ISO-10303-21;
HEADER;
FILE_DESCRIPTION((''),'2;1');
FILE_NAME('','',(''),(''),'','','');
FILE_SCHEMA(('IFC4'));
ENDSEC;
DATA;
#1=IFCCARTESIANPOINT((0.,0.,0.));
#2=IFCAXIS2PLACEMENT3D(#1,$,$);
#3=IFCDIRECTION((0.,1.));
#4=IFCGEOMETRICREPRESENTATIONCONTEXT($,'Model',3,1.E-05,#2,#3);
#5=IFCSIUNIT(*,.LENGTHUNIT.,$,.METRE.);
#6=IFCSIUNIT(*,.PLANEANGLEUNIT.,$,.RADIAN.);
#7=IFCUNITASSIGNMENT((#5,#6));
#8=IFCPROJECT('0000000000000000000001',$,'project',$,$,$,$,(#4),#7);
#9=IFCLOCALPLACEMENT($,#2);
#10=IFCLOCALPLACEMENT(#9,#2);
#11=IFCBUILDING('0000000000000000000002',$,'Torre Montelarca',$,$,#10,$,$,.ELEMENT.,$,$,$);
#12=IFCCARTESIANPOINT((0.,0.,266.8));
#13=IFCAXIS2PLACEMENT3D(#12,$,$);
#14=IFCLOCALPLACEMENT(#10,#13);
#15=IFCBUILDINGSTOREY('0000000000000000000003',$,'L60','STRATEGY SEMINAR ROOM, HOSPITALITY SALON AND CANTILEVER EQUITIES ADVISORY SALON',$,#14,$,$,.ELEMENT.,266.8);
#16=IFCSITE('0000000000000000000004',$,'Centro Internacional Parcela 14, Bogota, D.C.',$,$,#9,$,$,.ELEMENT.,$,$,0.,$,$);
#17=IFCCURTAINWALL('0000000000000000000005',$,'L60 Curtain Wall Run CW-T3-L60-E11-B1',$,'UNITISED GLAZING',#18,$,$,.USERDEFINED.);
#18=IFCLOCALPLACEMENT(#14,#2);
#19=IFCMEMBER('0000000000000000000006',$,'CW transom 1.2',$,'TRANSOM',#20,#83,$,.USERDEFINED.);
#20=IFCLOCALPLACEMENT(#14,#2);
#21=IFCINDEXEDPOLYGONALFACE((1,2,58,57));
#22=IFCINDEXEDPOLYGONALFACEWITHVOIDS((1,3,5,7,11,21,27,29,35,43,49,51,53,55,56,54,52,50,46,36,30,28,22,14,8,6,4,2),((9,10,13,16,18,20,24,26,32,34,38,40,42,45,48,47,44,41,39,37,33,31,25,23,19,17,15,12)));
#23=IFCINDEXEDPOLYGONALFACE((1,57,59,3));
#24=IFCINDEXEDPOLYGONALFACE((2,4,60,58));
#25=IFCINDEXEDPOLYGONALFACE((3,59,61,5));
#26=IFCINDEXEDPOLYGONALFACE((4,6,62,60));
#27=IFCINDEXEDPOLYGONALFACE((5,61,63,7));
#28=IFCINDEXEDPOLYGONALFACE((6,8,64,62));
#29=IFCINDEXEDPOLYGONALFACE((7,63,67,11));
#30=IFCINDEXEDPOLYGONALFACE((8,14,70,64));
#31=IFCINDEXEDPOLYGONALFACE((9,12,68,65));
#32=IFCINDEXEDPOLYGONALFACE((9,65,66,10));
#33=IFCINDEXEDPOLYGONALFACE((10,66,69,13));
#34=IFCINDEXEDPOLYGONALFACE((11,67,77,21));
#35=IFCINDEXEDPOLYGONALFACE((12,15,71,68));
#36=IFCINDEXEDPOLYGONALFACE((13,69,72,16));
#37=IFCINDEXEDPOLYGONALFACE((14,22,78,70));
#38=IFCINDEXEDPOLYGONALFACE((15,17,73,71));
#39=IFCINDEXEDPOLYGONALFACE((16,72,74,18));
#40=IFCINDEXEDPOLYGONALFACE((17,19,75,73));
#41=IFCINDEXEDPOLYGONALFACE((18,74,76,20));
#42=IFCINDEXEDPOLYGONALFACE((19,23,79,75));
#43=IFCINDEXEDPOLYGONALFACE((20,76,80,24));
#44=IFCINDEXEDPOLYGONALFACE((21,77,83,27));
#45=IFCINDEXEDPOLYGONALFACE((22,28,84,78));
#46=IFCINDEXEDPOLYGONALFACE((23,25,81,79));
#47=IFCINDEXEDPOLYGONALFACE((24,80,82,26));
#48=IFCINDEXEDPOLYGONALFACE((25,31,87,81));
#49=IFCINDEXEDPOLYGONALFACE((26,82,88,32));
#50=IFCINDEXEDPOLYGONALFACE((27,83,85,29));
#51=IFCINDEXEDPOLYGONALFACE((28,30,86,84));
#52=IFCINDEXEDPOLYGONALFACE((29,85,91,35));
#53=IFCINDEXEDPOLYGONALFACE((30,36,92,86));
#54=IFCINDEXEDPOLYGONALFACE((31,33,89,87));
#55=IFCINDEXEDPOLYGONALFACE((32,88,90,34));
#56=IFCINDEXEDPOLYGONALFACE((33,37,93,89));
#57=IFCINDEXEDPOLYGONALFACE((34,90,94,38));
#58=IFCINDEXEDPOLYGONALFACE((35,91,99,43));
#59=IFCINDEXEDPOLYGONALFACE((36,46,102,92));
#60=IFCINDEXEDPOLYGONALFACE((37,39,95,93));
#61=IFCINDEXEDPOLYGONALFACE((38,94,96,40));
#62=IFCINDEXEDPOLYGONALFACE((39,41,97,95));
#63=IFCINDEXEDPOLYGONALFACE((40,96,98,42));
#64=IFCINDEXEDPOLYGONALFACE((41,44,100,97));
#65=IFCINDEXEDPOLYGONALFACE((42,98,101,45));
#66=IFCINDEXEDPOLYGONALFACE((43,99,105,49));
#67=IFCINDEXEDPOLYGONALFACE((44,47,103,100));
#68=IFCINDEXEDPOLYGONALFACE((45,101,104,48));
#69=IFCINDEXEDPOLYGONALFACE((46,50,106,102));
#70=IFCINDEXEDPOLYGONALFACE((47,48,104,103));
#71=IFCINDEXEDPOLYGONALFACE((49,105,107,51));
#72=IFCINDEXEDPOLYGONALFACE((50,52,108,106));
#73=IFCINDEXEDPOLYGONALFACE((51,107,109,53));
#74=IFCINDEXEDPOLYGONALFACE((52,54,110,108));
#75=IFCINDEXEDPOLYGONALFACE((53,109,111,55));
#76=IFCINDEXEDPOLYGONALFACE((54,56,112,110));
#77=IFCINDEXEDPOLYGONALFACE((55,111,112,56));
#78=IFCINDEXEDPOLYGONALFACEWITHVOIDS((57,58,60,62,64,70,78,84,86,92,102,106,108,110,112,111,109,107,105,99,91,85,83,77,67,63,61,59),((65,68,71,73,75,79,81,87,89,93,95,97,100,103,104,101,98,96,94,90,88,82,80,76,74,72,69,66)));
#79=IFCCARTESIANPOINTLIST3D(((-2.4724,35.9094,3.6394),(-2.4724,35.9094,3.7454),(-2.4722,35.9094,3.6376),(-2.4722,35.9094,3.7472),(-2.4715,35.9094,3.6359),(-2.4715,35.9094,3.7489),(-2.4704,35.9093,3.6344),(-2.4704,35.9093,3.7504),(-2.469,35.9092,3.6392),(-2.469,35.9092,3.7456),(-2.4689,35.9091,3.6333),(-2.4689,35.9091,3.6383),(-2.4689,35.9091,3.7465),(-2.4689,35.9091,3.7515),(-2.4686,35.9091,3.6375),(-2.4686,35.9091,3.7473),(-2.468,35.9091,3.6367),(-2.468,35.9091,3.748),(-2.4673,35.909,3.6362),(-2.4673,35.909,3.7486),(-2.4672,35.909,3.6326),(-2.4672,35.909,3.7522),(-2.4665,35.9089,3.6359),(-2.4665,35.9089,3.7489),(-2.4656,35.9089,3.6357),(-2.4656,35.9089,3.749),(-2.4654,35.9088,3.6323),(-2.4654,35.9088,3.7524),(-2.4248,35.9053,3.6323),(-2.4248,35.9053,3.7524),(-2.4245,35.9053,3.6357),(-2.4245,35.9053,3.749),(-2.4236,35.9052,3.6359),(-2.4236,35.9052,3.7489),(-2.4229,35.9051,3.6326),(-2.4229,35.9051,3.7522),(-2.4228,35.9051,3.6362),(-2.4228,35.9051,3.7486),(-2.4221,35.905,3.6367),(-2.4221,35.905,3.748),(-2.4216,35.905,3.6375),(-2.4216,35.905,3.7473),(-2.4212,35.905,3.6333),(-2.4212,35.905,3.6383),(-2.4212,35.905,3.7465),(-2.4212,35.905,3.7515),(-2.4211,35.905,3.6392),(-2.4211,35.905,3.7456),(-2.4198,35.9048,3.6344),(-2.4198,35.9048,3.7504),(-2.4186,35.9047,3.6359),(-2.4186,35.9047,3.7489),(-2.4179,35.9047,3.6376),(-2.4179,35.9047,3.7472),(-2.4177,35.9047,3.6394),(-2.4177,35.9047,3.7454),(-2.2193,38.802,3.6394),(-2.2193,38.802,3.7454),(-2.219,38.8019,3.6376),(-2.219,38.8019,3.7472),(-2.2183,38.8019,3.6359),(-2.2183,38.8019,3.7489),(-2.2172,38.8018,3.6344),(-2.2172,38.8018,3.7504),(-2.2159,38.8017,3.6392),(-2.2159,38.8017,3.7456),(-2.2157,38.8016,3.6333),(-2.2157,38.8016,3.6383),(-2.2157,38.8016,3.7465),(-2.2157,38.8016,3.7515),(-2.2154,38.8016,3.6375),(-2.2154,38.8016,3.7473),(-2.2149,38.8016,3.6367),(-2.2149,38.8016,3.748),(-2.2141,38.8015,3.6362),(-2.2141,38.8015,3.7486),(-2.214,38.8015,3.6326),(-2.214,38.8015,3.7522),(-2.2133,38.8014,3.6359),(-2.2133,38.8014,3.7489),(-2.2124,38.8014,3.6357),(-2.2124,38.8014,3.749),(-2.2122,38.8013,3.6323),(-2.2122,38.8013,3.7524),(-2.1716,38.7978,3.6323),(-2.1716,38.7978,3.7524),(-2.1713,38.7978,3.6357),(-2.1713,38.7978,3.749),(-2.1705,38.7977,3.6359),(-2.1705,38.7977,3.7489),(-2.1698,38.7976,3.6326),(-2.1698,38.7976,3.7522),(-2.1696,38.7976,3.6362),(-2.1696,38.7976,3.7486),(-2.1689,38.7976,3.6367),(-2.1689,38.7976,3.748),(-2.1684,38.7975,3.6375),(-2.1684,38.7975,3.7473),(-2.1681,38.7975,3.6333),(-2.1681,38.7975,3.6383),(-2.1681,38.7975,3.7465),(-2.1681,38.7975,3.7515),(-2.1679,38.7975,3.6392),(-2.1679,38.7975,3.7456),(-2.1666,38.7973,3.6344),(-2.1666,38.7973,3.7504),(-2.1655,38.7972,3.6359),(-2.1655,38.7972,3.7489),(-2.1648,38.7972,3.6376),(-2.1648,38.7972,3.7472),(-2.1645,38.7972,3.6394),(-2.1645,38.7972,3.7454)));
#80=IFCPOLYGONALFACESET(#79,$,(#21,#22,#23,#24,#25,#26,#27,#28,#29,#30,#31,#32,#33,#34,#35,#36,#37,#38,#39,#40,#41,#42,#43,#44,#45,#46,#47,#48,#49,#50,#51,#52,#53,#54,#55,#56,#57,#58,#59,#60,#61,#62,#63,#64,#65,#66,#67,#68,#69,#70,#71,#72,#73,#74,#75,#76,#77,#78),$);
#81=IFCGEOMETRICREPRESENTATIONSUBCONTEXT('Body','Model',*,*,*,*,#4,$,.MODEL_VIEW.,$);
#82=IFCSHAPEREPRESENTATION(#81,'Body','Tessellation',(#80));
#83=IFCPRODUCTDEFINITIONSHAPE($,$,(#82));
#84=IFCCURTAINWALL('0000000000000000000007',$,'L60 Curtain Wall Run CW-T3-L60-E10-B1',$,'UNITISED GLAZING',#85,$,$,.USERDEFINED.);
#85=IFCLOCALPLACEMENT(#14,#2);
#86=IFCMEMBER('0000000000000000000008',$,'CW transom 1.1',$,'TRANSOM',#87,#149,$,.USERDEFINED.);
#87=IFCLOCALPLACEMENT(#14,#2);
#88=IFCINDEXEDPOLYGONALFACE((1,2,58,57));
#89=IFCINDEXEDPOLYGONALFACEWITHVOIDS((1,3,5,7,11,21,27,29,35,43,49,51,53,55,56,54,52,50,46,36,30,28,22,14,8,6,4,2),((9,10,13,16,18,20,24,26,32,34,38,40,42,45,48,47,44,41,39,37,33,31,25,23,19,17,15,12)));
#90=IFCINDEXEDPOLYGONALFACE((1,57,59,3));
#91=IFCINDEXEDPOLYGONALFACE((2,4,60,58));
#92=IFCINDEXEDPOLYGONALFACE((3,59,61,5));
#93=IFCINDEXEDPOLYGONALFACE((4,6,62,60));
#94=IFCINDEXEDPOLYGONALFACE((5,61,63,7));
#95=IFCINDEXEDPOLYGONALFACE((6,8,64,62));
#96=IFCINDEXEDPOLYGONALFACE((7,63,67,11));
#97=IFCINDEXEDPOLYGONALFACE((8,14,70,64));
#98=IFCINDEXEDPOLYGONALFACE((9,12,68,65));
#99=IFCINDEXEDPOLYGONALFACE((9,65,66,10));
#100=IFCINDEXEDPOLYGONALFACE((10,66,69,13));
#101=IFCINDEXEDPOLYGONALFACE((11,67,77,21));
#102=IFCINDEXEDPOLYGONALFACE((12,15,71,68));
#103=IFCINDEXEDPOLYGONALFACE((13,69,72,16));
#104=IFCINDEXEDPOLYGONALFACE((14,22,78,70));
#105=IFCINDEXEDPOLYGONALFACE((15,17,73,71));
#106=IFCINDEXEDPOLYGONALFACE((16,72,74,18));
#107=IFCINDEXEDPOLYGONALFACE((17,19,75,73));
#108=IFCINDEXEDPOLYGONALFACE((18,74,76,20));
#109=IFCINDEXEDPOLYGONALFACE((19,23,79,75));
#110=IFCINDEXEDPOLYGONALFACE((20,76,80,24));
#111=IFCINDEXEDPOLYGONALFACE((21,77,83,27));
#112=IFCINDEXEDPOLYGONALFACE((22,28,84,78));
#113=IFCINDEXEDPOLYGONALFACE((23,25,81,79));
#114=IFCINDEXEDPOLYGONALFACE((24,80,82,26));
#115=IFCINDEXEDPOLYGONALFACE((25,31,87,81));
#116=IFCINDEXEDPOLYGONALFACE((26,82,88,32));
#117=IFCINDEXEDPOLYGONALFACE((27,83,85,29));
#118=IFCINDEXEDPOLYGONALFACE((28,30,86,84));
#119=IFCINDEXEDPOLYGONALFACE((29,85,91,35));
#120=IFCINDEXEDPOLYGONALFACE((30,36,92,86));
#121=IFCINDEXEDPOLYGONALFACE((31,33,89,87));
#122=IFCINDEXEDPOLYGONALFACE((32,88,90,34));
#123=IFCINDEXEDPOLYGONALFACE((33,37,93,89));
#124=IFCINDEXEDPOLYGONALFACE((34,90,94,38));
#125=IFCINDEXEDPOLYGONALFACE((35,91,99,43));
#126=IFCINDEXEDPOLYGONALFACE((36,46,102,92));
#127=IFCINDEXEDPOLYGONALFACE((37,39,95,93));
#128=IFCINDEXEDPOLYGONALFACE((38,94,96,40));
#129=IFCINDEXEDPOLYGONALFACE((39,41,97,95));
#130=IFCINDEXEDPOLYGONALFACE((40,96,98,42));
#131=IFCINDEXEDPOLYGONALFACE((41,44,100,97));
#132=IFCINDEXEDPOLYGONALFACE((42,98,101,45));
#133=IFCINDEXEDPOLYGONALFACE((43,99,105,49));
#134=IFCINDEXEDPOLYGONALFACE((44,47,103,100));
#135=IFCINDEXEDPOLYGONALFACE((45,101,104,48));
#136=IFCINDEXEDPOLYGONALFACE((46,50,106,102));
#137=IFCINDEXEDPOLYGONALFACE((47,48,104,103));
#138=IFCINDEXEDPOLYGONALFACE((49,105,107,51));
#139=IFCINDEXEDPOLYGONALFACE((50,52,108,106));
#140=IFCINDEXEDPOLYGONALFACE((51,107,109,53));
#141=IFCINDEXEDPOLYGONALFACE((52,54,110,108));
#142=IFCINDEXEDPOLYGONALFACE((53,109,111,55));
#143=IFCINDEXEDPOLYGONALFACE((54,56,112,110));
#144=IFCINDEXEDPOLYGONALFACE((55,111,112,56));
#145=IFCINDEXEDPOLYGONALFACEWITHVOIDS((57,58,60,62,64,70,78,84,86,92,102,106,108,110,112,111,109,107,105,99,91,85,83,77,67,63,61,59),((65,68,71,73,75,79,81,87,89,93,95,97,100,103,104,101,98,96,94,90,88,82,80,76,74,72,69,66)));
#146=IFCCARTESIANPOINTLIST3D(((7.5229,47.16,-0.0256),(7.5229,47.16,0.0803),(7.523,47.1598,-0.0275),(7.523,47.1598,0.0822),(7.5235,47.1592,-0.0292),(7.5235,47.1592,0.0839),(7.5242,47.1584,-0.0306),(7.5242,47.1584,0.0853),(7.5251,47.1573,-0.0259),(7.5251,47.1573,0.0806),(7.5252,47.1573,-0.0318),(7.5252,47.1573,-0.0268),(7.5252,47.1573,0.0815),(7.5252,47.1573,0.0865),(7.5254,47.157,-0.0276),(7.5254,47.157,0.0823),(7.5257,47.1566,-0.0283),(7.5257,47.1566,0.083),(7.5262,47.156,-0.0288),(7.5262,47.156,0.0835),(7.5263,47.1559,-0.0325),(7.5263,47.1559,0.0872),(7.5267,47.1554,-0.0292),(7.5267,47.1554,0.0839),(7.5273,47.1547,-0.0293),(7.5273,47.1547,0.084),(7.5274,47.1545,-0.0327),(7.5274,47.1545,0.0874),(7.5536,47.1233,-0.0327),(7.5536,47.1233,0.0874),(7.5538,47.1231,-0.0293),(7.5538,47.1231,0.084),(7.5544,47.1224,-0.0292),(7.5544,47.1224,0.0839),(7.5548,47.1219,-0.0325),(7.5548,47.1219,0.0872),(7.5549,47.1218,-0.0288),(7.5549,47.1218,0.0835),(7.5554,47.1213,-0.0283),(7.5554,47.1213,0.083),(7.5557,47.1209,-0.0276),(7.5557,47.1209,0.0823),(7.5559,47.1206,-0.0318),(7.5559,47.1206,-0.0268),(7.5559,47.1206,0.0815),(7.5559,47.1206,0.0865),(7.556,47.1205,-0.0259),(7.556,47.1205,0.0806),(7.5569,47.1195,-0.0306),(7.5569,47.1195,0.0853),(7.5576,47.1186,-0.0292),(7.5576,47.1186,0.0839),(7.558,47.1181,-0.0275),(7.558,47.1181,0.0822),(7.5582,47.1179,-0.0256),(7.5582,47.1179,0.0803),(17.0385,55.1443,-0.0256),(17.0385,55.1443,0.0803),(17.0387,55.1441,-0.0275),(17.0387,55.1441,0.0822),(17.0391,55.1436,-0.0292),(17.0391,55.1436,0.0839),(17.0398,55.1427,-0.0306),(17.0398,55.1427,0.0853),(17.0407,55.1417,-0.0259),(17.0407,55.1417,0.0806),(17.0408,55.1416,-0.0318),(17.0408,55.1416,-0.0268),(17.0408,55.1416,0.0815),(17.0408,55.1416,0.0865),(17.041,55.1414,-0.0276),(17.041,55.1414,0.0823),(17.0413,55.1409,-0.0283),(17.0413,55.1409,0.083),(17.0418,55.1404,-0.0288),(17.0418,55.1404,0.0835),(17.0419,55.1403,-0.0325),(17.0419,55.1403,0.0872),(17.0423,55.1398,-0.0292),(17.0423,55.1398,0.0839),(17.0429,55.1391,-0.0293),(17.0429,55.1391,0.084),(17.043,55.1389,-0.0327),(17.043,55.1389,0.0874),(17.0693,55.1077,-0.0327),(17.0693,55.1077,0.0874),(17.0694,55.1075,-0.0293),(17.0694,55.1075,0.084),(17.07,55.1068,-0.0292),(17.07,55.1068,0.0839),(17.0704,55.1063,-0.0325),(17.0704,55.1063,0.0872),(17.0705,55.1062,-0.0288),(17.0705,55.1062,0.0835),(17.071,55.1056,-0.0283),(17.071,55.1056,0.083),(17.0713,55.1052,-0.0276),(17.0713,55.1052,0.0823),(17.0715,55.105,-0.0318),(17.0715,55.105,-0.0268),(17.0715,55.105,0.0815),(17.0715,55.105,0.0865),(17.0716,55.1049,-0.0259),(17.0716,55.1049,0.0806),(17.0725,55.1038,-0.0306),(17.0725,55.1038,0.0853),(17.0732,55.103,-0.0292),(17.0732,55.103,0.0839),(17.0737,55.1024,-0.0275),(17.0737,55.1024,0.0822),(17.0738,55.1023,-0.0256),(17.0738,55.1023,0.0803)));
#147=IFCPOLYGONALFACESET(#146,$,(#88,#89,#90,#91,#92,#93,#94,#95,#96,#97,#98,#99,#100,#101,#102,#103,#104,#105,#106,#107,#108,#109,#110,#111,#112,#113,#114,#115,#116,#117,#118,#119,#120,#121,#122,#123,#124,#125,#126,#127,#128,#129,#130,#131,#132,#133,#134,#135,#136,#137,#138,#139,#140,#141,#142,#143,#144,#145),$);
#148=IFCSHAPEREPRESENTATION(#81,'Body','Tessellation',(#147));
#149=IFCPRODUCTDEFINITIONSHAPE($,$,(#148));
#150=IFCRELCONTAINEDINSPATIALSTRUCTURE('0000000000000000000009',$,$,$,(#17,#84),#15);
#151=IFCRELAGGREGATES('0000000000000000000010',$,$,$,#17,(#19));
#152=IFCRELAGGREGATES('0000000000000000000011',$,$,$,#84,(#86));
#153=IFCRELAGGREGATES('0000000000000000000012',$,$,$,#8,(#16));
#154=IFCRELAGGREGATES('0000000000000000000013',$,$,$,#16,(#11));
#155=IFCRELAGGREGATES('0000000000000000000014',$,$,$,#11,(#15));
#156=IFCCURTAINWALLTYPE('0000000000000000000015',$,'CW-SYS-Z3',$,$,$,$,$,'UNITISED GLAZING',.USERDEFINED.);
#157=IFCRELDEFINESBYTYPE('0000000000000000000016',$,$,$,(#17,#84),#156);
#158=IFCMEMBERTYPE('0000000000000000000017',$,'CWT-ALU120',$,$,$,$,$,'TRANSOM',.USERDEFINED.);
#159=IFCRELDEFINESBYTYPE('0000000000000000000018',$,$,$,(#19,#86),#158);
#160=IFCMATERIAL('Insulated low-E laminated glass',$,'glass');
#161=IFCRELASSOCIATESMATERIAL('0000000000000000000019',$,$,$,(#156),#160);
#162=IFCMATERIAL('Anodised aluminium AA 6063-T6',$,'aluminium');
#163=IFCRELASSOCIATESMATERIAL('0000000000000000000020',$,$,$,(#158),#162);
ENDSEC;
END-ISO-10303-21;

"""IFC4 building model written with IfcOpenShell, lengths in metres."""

from ifc_helpers import new_model, si_unit, direction, frame, origin, origin_2d, place, context, subcontext, project, spatial, hollow_rectangle, extrude, source, transform, mapped, material, material_profile, profile_set, type_object, element, aggregate, save


model = new_model("IFC4")

# Units and contexts
model_context = context("Model", 3, precision=1e-05, world=origin(), true_north=direction((0.0, 1.0)))
body_context = subcontext(model_context, "Body", "Model", "MODEL_VIEW")
ifc_project = project(units=[si_unit("LENGTHUNIT", "METRE"), si_unit("PLANEANGLEUNIT", "RADIAN")], contexts=[model_context])

# Site, building, storey
site_placement = place(None, origin())
site = spatial("IfcSite", under=ifc_project, at=site_placement, Name="Centro Internacional Parcela 14, Bogota, D.C.", CompositionType="ELEMENT", RefElevation=0.0)
building_placement = place(site_placement, origin())
building = spatial("IfcBuilding", under=site, at=building_placement, Name="Torre Montelarca", CompositionType="ELEMENT")
storey_placement = place(building_placement, frame((0.0, 0.0, 266.8)))
storey = spatial("IfcBuildingStorey", under=building, at=storey_placement, Name="L60", Description="STRATEGY SEMINAR ROOM, HOSPITALITY SALON AND CANTILEVER EQUITIES ADVISORY SALON", CompositionType="ELEMENT", Elevation=266.8)

# Curtain walls, members
ifc_material_1 = material(Name="Insulated low-E laminated glass", Category="glass")
curtain_wall_type = type_object("IfcCurtainWallType", Name="CW-SYS-Z3", ElementType="UNITISED GLAZING", PredefinedType="USERDEFINED", material=ifc_material_1)
curtain_wall_1_placement = place(storey_placement, origin())
curtain_wall_1 = element("IfcCurtainWall", 1, at=curtain_wall_1_placement, inside=storey, type_object=curtain_wall_type, Name="L60 Curtain Wall Run CW-T3-L60-E11-B1", ObjectType="UNITISED GLAZING", PredefinedType="USERDEFINED")
ifc_material_2 = material(Name="Anodised aluminium AA 6063-T6", Category="aluminium")
ifc_material_profile_1 = material_profile(ifc_material_2, hollow_rectangle(XDim=0.0549, YDim=0.1201, WallThickness=0.0034, InnerFilletRadius=0.0034, OuterFilletRadius=0.0071, at=origin_2d()), Name="ALU55X120X3.5", Category="aluminium")
ifc_profile_set_1 = profile_set([ifc_material_profile_1], Name="Anodised aluminium AA 6063-T6")
member_type_1 = type_object("IfcMemberType", Name="CWT-ALU120", ElementType="TRANSOM", PredefinedType="USERDEFINED", material=ifc_profile_set_1)
shared_shape_1 = source(origin(), body_context, "Body", "SweptSolid", [
    extrude(hollow_rectangle(XDim=0.0549, YDim=0.1201, WallThickness=0.0034, InnerFilletRadius=0.0034, OuterFilletRadius=0.0071, at=origin_2d()), origin(), (0.0, 0.0, 1.0), 2.9036),
])
member_1_placement = place(storey_placement, frame((-2.1919, 38.7996, 3.6924), z_axis=(-0.087192, -0.996192, 0.0), x_axis=(0.996192, -0.087192, 0.0)))
member_1 = element("IfcMember", 2, at=member_1_placement, type_object=member_type_1, Name="CW transom 1.2", ObjectType="TRANSOM", PredefinedType="USERDEFINED", context=body_context, shape_type="MappedRepresentation", body=[
    mapped(shared_shape_1, transform((0.0, 0.0, 0.0), scale=1.0)),
])
curtain_wall_2_placement = place(storey_placement, origin())
curtain_wall_2 = element("IfcCurtainWall", 3, at=curtain_wall_2_placement, inside=storey, type_object=curtain_wall_type, Name="L60 Curtain Wall Run CW-T3-L60-E10-B1", ObjectType="UNITISED GLAZING", PredefinedType="USERDEFINED")
shared_shape_2 = source(origin(), body_context, "Body", "SweptSolid", [
    extrude(hollow_rectangle(XDim=0.0549, YDim=0.1201, WallThickness=0.0034, InnerFilletRadius=0.0034, OuterFilletRadius=0.0071, at=origin_2d()), origin(), (0.0, 0.0, 1.0), 12.4216),
])
member_2_placement = place(storey_placement, frame((17.0562, 55.1233, 0.0273), z_axis=(-0.766052, -0.642779, 0.0), x_axis=(0.642779, -0.766052, 0.0)))
member_2 = element("IfcMember", 4, at=member_2_placement, type_object=member_type_1, Name="CW transom 1.1", ObjectType="TRANSOM", PredefinedType="USERDEFINED", context=body_context, shape_type="MappedRepresentation", body=[
    mapped(shared_shape_2, transform((0.0, 0.0, 0.0), scale=1.0)),
])

aggregate(curtain_wall_1, [member_1])
aggregate(curtain_wall_2, [member_2])

save(model, "model.ifc")
